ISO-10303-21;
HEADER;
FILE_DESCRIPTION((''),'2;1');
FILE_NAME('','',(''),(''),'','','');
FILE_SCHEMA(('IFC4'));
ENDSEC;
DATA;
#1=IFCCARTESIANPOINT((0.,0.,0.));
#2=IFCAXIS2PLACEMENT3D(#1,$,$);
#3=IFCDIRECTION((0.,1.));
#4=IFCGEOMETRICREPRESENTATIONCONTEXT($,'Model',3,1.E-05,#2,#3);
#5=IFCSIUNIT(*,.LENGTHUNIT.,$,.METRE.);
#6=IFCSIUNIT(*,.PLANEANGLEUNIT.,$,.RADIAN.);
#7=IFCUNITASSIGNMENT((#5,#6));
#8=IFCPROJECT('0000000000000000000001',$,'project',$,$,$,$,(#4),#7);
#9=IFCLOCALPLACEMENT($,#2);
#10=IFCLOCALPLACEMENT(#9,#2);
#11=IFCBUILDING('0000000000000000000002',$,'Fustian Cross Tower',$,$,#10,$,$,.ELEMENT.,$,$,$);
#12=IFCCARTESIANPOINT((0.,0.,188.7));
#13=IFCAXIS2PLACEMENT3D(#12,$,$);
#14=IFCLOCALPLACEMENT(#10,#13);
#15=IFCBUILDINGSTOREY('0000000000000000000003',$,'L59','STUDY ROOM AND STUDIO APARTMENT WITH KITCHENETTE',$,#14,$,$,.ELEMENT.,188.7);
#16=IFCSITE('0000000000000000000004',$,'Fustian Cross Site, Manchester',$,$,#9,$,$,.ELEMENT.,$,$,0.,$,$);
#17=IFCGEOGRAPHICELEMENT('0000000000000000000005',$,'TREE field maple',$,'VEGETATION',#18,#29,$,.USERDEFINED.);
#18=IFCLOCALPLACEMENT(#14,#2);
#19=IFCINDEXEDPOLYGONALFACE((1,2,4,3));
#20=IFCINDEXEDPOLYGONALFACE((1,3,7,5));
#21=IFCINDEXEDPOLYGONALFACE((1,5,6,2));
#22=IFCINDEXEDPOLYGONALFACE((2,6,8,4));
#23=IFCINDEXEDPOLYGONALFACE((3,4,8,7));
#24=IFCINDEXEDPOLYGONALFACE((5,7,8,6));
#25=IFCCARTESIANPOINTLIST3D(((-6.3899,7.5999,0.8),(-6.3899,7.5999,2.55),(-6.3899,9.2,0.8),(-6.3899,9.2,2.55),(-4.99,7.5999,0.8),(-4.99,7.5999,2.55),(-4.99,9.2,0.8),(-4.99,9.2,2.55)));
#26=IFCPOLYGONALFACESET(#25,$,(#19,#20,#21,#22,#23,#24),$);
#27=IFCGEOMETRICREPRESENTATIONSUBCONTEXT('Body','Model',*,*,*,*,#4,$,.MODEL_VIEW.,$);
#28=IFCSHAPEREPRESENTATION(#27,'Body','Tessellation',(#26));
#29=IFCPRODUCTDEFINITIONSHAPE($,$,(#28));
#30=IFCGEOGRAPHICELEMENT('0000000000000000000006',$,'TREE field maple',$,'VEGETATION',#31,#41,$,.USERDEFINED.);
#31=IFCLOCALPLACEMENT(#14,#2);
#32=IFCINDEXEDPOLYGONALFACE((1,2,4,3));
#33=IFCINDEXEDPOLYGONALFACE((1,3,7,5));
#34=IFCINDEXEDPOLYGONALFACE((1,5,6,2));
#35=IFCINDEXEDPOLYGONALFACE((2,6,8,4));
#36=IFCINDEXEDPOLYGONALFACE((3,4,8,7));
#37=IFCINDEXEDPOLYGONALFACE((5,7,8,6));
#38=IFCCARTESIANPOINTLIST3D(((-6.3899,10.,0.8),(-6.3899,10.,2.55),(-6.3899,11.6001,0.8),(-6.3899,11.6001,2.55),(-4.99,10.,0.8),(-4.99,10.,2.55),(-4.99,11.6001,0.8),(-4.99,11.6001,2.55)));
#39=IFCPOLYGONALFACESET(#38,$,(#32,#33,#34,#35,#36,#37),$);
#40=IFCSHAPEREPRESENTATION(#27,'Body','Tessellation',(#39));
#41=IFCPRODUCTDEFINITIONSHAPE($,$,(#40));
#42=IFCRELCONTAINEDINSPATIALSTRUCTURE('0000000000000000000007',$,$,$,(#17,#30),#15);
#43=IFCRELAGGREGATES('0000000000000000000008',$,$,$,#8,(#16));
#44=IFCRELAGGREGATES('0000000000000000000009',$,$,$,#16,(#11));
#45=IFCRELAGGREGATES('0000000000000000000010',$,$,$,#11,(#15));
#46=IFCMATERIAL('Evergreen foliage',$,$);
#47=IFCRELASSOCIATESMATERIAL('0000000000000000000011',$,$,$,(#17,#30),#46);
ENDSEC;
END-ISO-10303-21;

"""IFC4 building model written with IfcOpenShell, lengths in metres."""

from ifc_helpers import new_model, si_unit, direction, frame, origin, origin_2d, place, context, subcontext, project, spatial, rectangle, extrude, material, element, save


model = new_model("IFC4")

# Units and contexts
model_context = context("Model", 3, precision=1e-05, world=origin(), true_north=direction((0.0, 1.0)))
body_context = subcontext(model_context, "Body", "Model", "MODEL_VIEW")
ifc_project = project(units=[si_unit("LENGTHUNIT", "METRE"), si_unit("PLANEANGLEUNIT", "RADIAN")], contexts=[model_context])

# Site, building, storey
site_placement = place(None, origin())
site = spatial("IfcSite", under=ifc_project, at=site_placement, Name="Fustian Cross Site, Manchester", CompositionType="ELEMENT", RefElevation=0.0)
building_placement = place(site_placement, origin())
building = spatial("IfcBuilding", under=site, at=building_placement, Name="Fustian Cross Tower", CompositionType="ELEMENT")
storey_placement = place(building_placement, frame((0.0, 0.0, 188.7)))
storey = spatial("IfcBuildingStorey", under=building, at=storey_placement, Name="L59", Description="STUDY ROOM AND STUDIO APARTMENT WITH KITCHENETTE", CompositionType="ELEMENT", Elevation=188.7)

# Geographic elements
ifc_material_1 = material(Name="Evergreen foliage")
for number, where, z_axis, x_axis, name in (
    (1, (-5.6899, 8.3999, 0.8), (0.0, 0.0, 1.0), (1.0, 0.0, 0.0), "TREE field maple"),
    (2, (-5.6899, 10.8, 0.8), (0.0, 0.0, 1.0), (1.0, 0.0, 0.0), "TREE field maple"),
):
    element("IfcGeographicElement", number, at=place(storey_placement, frame(where, z_axis=z_axis, x_axis=x_axis)), inside=storey, material=ifc_material_1, Name=name, ObjectType="VEGETATION", PredefinedType="USERDEFINED", context=body_context, shape_type="SweptSolid", body=[
        extrude(rectangle(XDim=1.3999, YDim=1.6001, at=origin_2d()), origin(), (0.0, 0.0, 1.0), 1.75),
    ])

save(model, "model.ifc")
